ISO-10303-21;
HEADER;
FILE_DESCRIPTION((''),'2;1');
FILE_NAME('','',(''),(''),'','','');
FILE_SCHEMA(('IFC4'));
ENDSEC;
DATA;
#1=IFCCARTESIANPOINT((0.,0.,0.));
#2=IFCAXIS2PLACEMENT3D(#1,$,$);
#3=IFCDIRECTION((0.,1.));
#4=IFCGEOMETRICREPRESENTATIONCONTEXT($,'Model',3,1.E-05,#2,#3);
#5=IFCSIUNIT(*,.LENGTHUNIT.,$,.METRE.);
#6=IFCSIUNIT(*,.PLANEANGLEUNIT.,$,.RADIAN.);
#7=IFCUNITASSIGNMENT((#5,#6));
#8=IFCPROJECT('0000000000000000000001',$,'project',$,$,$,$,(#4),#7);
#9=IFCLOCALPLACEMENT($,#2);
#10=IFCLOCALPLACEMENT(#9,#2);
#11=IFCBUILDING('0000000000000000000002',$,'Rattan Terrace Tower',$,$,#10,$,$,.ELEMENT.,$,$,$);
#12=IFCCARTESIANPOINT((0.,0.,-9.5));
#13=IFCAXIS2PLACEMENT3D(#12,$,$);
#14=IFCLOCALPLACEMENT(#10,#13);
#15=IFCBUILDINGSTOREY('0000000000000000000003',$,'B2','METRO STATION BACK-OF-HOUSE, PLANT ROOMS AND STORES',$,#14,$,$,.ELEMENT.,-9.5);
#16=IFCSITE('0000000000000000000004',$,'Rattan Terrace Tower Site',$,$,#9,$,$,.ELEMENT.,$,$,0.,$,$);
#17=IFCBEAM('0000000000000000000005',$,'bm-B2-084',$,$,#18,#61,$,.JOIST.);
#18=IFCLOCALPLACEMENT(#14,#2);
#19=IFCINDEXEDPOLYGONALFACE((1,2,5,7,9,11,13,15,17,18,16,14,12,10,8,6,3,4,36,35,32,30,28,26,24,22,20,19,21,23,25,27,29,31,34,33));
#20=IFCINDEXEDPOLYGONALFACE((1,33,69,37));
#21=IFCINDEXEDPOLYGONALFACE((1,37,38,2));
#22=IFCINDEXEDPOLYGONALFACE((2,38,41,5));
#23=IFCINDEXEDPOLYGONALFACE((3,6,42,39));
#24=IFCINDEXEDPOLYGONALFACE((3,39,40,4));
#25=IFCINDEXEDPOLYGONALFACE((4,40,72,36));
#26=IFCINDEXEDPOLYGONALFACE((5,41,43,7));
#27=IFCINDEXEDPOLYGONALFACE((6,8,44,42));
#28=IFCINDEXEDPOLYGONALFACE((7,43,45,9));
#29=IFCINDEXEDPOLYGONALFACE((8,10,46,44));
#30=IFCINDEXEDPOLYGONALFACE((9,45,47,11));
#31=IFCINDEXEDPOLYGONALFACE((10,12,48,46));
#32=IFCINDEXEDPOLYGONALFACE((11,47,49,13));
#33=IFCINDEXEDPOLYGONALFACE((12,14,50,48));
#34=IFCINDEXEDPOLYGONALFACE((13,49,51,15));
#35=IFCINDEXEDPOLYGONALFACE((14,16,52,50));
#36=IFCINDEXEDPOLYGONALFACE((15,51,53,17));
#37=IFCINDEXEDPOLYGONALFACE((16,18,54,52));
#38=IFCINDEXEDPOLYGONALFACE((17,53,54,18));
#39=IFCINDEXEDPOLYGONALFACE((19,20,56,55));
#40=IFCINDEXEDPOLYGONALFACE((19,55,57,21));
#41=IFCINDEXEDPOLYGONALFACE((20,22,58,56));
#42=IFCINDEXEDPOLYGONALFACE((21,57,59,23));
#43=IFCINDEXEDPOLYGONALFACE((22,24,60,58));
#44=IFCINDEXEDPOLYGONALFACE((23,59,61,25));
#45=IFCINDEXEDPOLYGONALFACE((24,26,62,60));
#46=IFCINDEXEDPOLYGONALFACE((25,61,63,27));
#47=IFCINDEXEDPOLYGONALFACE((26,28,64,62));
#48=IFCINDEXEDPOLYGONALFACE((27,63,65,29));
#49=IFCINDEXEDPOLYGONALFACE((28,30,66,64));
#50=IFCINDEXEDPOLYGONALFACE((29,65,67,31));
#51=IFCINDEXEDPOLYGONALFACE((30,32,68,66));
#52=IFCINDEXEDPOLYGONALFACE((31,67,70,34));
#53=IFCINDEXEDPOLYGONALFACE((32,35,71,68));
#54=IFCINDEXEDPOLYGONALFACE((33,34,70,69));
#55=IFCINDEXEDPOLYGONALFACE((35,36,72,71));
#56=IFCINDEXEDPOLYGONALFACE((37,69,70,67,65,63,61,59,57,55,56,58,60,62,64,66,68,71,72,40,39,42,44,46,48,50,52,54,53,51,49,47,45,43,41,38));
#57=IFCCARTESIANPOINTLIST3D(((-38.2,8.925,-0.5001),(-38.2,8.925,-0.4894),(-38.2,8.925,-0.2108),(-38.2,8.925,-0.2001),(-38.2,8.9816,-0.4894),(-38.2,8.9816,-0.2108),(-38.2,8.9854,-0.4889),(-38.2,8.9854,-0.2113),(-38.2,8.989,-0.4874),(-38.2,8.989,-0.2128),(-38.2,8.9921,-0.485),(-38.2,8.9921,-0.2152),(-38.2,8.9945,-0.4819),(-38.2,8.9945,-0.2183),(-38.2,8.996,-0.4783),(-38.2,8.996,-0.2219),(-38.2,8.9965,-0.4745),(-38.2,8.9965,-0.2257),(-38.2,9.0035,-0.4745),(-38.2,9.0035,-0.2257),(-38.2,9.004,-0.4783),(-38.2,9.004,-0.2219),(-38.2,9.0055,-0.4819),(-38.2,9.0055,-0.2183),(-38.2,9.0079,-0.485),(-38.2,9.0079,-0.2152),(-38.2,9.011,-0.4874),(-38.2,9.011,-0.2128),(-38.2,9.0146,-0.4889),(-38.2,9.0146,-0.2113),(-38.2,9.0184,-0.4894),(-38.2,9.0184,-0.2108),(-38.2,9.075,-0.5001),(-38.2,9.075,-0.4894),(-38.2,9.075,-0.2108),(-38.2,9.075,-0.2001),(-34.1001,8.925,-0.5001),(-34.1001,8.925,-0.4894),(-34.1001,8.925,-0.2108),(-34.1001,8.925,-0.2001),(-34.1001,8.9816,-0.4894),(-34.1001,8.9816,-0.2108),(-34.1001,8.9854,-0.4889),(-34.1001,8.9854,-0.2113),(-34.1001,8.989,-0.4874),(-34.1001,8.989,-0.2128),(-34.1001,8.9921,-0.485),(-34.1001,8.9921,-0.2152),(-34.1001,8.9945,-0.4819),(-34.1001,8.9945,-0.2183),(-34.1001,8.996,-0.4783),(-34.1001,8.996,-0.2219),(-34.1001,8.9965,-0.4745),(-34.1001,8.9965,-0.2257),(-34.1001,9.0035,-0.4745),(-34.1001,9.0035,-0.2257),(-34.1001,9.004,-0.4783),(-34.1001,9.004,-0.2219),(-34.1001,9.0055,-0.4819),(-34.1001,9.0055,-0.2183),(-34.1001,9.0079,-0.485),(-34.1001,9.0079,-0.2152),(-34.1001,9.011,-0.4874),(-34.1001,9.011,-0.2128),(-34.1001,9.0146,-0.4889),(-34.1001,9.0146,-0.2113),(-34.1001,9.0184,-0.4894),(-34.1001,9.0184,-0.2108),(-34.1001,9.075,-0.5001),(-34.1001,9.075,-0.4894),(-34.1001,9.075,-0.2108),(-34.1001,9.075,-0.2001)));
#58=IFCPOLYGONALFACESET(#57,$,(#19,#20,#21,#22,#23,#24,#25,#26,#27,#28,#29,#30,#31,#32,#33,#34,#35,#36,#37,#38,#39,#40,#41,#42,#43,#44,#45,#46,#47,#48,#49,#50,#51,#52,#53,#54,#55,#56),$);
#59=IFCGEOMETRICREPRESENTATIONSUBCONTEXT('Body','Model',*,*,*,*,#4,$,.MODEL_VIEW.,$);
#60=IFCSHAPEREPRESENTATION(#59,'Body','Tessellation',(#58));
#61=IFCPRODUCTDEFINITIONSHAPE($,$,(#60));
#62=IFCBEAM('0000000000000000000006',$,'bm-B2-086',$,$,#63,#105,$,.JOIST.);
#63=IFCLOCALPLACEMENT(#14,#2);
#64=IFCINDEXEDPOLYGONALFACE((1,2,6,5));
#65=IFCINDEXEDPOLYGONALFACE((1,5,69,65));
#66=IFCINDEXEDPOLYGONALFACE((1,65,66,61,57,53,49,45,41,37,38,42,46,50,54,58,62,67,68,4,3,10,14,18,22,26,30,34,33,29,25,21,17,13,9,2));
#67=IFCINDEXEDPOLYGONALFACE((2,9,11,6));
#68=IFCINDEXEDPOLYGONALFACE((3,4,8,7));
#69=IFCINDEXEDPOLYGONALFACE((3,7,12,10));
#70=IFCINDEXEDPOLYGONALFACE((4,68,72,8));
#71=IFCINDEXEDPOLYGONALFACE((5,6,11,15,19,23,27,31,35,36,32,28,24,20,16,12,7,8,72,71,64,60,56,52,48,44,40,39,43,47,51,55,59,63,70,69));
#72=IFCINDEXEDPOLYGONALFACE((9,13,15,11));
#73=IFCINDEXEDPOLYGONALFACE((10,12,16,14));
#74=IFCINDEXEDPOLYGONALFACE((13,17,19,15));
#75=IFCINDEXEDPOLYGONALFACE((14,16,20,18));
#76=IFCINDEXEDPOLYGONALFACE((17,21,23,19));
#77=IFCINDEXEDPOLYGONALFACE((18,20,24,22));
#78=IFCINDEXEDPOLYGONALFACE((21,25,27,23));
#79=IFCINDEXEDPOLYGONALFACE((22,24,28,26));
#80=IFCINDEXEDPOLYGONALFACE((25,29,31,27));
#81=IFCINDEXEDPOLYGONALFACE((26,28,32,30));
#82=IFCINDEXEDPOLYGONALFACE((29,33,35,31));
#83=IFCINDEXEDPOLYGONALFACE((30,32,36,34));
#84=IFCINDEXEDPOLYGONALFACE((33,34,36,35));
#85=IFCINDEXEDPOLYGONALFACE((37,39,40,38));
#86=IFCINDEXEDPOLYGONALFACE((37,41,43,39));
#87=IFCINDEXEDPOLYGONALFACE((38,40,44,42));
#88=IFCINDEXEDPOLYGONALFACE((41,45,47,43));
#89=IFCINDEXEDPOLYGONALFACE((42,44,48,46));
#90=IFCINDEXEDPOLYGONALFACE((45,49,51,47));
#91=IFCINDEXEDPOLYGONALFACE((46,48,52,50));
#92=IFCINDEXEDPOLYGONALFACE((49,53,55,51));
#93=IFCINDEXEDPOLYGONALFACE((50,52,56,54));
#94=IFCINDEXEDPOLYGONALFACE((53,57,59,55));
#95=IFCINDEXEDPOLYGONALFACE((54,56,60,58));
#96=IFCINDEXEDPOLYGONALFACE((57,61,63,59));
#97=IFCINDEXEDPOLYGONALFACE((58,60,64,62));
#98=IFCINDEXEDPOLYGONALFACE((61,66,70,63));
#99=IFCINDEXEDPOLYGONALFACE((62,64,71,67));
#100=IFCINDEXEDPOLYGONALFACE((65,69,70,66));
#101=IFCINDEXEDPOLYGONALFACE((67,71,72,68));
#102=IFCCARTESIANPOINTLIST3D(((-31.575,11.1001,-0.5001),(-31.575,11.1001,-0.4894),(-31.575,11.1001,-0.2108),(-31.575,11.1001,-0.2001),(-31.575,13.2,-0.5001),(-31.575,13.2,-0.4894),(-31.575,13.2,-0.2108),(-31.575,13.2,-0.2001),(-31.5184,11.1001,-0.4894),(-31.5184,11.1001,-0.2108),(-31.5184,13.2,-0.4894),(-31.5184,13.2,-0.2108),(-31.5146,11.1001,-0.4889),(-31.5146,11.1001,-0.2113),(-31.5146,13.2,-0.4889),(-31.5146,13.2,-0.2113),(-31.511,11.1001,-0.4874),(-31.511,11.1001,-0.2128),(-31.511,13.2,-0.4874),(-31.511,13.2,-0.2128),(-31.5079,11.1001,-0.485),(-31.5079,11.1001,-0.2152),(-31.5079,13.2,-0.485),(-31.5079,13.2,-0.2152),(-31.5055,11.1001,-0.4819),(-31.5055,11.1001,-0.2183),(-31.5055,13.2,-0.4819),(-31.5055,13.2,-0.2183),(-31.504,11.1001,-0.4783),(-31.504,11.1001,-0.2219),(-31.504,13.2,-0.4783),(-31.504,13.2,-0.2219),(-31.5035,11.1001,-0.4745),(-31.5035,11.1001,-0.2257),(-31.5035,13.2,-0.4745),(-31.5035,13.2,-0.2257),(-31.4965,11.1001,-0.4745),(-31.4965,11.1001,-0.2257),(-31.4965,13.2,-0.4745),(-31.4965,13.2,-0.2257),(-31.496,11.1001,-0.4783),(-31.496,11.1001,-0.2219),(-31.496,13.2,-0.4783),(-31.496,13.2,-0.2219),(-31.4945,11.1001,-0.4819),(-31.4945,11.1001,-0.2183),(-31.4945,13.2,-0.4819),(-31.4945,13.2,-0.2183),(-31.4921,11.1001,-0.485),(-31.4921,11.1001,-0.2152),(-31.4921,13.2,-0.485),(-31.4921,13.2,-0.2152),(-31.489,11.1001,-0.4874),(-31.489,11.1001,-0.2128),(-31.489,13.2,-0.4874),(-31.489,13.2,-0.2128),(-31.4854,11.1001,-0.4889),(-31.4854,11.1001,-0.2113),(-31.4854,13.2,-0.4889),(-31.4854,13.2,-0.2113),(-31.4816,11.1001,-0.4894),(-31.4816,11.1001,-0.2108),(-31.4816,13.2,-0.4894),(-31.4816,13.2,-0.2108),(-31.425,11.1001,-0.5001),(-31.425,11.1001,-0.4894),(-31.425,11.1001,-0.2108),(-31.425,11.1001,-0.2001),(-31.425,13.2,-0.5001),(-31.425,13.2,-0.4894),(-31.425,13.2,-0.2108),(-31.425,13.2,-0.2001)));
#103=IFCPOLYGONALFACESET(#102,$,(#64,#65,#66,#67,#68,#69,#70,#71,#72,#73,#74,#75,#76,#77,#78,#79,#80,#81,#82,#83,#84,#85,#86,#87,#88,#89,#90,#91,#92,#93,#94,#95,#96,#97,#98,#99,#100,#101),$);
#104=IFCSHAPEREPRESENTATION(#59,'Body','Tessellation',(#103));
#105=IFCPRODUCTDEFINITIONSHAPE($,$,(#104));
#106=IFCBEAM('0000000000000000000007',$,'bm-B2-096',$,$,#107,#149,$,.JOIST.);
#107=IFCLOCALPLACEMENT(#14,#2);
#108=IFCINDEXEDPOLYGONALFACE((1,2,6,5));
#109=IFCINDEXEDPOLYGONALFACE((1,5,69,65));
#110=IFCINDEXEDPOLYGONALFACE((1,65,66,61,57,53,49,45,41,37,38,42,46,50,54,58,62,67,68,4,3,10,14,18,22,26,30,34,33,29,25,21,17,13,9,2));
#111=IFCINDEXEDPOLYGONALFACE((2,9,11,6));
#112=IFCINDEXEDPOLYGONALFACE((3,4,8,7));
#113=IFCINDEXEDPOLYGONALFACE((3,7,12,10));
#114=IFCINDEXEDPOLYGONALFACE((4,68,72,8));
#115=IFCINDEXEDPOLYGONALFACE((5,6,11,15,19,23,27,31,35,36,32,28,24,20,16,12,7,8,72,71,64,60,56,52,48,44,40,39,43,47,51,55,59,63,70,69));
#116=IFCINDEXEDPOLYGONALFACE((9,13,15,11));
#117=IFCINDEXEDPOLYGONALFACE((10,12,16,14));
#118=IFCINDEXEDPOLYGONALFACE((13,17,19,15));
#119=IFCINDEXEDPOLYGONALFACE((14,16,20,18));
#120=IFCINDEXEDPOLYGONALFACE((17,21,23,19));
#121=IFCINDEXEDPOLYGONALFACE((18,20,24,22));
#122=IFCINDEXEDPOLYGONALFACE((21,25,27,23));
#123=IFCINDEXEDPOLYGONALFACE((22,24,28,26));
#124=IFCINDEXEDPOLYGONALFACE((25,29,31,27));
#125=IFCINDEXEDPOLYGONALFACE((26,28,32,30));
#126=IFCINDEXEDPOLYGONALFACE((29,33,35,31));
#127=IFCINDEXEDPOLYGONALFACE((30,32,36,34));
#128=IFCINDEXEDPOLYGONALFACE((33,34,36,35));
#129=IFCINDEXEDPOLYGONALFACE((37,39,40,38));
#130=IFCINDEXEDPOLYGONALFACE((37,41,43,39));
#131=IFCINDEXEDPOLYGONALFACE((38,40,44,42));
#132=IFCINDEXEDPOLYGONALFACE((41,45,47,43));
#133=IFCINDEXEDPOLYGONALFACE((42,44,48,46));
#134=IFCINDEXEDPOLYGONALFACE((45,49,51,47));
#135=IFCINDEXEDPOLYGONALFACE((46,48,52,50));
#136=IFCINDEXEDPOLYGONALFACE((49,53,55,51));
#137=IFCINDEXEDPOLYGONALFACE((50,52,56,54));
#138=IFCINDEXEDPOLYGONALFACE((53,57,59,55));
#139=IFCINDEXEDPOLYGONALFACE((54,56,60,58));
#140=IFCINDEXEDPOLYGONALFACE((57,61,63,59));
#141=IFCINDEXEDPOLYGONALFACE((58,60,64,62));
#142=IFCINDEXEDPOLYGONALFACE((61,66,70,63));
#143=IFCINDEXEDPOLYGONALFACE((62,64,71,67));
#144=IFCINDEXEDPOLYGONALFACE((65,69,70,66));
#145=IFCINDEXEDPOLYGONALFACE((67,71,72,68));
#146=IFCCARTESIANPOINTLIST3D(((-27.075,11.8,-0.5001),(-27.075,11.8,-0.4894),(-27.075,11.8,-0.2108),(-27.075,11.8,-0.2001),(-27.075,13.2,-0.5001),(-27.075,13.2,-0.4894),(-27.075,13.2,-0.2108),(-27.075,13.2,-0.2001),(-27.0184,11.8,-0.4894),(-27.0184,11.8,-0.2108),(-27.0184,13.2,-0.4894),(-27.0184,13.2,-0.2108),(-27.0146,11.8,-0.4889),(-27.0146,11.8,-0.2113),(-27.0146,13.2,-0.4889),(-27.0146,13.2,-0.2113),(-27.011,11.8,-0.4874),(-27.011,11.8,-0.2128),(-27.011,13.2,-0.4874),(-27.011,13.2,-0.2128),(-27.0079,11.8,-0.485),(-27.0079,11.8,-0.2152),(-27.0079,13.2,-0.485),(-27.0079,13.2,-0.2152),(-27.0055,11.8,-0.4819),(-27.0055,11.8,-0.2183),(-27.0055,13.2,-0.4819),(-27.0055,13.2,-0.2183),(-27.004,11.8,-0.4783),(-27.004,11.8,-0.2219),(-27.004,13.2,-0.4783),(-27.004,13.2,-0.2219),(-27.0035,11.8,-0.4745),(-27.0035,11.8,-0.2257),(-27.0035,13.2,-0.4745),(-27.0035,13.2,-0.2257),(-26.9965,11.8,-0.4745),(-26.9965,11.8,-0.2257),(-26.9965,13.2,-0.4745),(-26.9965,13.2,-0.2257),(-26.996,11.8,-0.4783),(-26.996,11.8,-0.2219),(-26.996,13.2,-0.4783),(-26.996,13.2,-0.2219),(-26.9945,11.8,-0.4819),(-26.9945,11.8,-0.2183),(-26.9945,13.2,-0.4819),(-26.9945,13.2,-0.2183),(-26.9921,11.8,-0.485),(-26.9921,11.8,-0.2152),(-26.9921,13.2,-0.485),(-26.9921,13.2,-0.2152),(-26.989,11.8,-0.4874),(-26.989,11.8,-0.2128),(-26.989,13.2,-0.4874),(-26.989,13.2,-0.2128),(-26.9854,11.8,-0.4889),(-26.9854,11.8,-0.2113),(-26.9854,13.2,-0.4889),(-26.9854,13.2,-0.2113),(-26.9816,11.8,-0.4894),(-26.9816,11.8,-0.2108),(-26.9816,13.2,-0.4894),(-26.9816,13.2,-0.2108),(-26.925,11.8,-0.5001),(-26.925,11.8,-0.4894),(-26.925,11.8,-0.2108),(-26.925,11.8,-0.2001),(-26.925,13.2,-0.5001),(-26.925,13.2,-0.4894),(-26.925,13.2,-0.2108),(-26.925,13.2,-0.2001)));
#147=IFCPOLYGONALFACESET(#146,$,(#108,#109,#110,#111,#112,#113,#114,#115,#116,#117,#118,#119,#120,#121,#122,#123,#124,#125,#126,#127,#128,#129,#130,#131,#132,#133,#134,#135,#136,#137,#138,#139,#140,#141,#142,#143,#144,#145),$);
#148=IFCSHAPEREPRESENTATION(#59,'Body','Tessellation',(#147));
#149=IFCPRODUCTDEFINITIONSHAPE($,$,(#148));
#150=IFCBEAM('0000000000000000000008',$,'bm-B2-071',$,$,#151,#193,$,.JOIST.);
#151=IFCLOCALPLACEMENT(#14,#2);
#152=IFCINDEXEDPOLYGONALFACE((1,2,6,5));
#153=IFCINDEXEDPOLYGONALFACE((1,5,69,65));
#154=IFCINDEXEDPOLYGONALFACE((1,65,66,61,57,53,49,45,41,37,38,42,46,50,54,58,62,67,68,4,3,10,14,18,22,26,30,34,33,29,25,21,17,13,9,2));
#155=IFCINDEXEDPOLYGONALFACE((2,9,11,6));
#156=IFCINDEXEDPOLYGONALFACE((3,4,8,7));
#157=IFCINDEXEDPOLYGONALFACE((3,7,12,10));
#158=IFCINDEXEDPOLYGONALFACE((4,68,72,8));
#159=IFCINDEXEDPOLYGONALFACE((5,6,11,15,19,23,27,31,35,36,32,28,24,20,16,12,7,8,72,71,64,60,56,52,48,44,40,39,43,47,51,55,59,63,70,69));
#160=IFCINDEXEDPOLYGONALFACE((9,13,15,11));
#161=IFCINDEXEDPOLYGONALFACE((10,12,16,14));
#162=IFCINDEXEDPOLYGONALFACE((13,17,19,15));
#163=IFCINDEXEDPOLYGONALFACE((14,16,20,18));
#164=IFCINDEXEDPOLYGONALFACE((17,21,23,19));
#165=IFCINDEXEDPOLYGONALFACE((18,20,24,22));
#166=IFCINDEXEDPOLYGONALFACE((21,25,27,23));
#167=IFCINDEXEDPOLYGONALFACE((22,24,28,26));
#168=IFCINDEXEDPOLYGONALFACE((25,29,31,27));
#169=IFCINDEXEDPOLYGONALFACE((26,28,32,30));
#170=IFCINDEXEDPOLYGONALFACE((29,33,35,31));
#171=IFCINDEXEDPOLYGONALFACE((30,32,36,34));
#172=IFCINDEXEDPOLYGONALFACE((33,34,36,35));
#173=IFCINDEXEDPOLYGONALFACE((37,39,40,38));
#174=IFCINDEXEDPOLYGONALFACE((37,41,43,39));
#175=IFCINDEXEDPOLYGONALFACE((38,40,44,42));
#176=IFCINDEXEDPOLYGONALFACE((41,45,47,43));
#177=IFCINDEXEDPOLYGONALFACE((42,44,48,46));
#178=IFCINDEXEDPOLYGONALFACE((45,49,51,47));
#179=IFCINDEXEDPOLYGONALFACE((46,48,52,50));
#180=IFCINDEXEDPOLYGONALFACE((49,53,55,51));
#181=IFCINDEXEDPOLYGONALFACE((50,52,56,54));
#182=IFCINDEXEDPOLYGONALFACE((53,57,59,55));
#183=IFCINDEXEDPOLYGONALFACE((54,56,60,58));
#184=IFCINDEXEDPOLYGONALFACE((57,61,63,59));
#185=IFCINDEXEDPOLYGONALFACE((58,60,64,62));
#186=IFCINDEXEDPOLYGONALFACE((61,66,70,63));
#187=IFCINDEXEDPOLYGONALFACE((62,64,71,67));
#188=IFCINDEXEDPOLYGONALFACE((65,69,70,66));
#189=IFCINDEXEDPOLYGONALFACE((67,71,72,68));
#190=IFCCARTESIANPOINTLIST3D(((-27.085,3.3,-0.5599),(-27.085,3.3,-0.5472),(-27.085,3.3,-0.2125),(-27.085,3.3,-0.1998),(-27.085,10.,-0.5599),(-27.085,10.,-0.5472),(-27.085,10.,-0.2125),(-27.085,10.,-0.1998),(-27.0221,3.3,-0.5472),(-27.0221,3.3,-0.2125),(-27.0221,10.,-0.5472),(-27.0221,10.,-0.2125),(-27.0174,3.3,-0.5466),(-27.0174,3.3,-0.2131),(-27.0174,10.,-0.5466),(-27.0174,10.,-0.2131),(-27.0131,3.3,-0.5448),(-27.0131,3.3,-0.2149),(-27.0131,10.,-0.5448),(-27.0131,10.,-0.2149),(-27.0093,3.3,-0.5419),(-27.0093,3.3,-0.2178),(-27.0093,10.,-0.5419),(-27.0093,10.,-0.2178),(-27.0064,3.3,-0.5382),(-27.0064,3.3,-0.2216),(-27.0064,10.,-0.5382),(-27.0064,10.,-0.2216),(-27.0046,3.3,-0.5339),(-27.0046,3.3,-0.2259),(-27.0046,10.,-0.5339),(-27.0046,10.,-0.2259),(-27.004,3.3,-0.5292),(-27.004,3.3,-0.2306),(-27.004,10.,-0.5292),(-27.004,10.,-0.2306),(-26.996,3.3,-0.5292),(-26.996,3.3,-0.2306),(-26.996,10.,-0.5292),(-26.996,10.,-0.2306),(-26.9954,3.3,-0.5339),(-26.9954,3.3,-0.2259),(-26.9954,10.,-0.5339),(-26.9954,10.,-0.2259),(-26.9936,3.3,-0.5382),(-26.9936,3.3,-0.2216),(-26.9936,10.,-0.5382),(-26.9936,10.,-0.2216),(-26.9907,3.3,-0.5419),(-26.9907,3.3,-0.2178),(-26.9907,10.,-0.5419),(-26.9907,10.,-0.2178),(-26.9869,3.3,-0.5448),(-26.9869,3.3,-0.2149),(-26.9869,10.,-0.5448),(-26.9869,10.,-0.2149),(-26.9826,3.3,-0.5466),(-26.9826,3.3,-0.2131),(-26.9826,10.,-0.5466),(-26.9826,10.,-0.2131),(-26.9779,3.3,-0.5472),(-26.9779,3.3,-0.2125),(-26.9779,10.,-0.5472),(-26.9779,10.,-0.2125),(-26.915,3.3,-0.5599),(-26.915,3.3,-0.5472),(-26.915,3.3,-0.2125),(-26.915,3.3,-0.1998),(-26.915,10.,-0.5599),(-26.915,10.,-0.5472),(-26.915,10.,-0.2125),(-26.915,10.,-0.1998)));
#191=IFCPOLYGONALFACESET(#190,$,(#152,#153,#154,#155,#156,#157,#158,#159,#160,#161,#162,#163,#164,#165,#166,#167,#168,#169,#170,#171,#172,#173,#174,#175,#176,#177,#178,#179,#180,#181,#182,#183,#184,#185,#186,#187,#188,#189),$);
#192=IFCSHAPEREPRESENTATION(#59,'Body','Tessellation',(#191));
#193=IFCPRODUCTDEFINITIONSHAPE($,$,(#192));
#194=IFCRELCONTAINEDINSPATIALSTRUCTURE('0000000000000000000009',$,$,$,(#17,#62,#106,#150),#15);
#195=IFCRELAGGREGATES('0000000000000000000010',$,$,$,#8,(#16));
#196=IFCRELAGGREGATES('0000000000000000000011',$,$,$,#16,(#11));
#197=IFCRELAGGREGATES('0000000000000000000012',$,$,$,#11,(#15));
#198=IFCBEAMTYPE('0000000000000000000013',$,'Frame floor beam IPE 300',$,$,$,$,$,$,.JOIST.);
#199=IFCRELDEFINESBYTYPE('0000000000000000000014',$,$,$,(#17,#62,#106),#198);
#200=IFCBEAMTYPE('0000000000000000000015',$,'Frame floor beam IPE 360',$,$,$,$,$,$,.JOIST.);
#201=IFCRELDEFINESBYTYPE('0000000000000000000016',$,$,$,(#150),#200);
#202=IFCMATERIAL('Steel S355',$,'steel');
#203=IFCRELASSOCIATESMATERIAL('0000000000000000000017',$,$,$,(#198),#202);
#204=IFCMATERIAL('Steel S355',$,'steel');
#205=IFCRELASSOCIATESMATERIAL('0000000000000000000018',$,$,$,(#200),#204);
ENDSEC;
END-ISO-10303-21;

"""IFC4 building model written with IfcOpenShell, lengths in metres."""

from ifc_helpers import new_model, si_unit, direction, frame, origin, origin_2d, place, context, subcontext, project, spatial, i_section, extrude, material, material_profile, profile_set, type_object, element, save


model = new_model("IFC4")

# Units and contexts
model_context = context("Model", 3, precision=1e-05, world=origin(), true_north=direction((0.0, 1.0)))
body_context = subcontext(model_context, "Body", "Model", "MODEL_VIEW")
ifc_project = project(units=[si_unit("LENGTHUNIT", "METRE"), si_unit("PLANEANGLEUNIT", "RADIAN")], contexts=[model_context])

# Site, building, storey
site_placement = place(None, origin())
site = spatial("IfcSite", under=ifc_project, at=site_placement, Name="Rattan Terrace Tower Site", CompositionType="ELEMENT", RefElevation=0.0)
building_placement = place(site_placement, origin())
building = spatial("IfcBuilding", under=site, at=building_placement, Name="Rattan Terrace Tower", CompositionType="ELEMENT")
storey_placement = place(building_placement, frame((0.0, 0.0, -9.5)))
storey = spatial("IfcBuildingStorey", under=building, at=storey_placement, Name="B2", Description="METRO STATION BACK-OF-HOUSE, PLANT ROOMS AND STORES", CompositionType="ELEMENT", Elevation=-9.5)

# Beams
ifc_material_1 = material(Name="Steel S355", Category="steel")
ifc_material_profile_1 = material_profile(ifc_material_1, i_section(OverallWidth=0.1499, OverallDepth=0.3, WebThickness=0.0071, FlangeThickness=0.0107, FilletRadius=0.0149, at=origin_2d()), Name="IPE 300")
ifc_profile_set_1 = profile_set([ifc_material_profile_1], Name="Steel S355")
beam_type_1 = type_object("IfcBeamType", Name="Frame floor beam IPE 300", PredefinedType="JOIST", material=ifc_profile_set_1)
for number, where, z_axis, x_axis, name in (
    (1, (-38.2, 9.0, -0.3501), (1.0, 0.0, 0.0), (0.0, 1.0, 0.0), "bm-B2-084"),
):
    element("IfcBeam", number, at=place(storey_placement, frame(where, z_axis=z_axis, x_axis=x_axis)), inside=storey, type_object=beam_type_1, Name=name, PredefinedType="JOIST", context=body_context, shape_type="SweptSolid", body=[
        extrude(i_section(OverallWidth=0.1499, OverallDepth=0.3, WebThickness=0.0071, FlangeThickness=0.0107, FilletRadius=0.0149, at=origin_2d()), origin(), (0.0, 0.0, 1.0), 4.0999),
    ])
beam_1_placement = place(storey_placement, frame((-31.5, 11.1001, -0.3501), z_axis=(0.0, 1.0, 0.0), x_axis=(-1.0, 0.0, 0.0)))
element("IfcBeam", 2, at=beam_1_placement, inside=storey, type_object=beam_type_1, Name="bm-B2-086", PredefinedType="JOIST", context=body_context, shape_type="SweptSolid", body=[
    extrude(i_section(OverallWidth=0.1499, OverallDepth=0.3, WebThickness=0.0071, FlangeThickness=0.0107, FilletRadius=0.0149, at=origin_2d()), origin(), (0.0, 0.0, 1.0), 2.0999),
])
beam_2_placement = place(storey_placement, frame((-27.0, 11.8, -0.3501), z_axis=(0.0, 1.0, 0.0), x_axis=(-1.0, 0.0, 0.0)))
element("IfcBeam", 3, at=beam_2_placement, inside=storey, type_object=beam_type_1, Name="bm-B2-096", PredefinedType="JOIST", context=body_context, shape_type="SweptSolid", body=[
    extrude(i_section(OverallWidth=0.1499, OverallDepth=0.3, WebThickness=0.0071, FlangeThickness=0.0107, FilletRadius=0.0149, at=origin_2d()), origin(), (0.0, 0.0, 1.0), 1.3999),
])
ifc_material_2 = material(Name="Steel S355", Category="steel")
ifc_material_profile_2 = material_profile(ifc_material_2, i_section(OverallWidth=0.1699, OverallDepth=0.3601, WebThickness=0.0081, FlangeThickness=0.0127, FilletRadius=0.0181, at=origin_2d()), Name="IPE 360")
ifc_profile_set_2 = profile_set([ifc_material_profile_2], Name="Steel S355")
beam_type_2 = type_object("IfcBeamType", Name="Frame floor beam IPE 360", PredefinedType="JOIST", material=ifc_profile_set_2)
beam_3_placement = place(storey_placement, frame((-27.0, 3.3, -0.3799), z_axis=(0.0, 1.0, 0.0), x_axis=(-1.0, 0.0, 0.0)))
element("IfcBeam", 4, at=beam_3_placement, inside=storey, type_object=beam_type_2, Name="bm-B2-071", PredefinedType="JOIST", context=body_context, shape_type="SweptSolid", body=[
    extrude(i_section(OverallWidth=0.1699, OverallDepth=0.3601, WebThickness=0.0081, FlangeThickness=0.0127, FilletRadius=0.0181, at=origin_2d()), origin(), (0.0, 0.0, 1.0), 6.7),
])

save(model, "model.ifc")
